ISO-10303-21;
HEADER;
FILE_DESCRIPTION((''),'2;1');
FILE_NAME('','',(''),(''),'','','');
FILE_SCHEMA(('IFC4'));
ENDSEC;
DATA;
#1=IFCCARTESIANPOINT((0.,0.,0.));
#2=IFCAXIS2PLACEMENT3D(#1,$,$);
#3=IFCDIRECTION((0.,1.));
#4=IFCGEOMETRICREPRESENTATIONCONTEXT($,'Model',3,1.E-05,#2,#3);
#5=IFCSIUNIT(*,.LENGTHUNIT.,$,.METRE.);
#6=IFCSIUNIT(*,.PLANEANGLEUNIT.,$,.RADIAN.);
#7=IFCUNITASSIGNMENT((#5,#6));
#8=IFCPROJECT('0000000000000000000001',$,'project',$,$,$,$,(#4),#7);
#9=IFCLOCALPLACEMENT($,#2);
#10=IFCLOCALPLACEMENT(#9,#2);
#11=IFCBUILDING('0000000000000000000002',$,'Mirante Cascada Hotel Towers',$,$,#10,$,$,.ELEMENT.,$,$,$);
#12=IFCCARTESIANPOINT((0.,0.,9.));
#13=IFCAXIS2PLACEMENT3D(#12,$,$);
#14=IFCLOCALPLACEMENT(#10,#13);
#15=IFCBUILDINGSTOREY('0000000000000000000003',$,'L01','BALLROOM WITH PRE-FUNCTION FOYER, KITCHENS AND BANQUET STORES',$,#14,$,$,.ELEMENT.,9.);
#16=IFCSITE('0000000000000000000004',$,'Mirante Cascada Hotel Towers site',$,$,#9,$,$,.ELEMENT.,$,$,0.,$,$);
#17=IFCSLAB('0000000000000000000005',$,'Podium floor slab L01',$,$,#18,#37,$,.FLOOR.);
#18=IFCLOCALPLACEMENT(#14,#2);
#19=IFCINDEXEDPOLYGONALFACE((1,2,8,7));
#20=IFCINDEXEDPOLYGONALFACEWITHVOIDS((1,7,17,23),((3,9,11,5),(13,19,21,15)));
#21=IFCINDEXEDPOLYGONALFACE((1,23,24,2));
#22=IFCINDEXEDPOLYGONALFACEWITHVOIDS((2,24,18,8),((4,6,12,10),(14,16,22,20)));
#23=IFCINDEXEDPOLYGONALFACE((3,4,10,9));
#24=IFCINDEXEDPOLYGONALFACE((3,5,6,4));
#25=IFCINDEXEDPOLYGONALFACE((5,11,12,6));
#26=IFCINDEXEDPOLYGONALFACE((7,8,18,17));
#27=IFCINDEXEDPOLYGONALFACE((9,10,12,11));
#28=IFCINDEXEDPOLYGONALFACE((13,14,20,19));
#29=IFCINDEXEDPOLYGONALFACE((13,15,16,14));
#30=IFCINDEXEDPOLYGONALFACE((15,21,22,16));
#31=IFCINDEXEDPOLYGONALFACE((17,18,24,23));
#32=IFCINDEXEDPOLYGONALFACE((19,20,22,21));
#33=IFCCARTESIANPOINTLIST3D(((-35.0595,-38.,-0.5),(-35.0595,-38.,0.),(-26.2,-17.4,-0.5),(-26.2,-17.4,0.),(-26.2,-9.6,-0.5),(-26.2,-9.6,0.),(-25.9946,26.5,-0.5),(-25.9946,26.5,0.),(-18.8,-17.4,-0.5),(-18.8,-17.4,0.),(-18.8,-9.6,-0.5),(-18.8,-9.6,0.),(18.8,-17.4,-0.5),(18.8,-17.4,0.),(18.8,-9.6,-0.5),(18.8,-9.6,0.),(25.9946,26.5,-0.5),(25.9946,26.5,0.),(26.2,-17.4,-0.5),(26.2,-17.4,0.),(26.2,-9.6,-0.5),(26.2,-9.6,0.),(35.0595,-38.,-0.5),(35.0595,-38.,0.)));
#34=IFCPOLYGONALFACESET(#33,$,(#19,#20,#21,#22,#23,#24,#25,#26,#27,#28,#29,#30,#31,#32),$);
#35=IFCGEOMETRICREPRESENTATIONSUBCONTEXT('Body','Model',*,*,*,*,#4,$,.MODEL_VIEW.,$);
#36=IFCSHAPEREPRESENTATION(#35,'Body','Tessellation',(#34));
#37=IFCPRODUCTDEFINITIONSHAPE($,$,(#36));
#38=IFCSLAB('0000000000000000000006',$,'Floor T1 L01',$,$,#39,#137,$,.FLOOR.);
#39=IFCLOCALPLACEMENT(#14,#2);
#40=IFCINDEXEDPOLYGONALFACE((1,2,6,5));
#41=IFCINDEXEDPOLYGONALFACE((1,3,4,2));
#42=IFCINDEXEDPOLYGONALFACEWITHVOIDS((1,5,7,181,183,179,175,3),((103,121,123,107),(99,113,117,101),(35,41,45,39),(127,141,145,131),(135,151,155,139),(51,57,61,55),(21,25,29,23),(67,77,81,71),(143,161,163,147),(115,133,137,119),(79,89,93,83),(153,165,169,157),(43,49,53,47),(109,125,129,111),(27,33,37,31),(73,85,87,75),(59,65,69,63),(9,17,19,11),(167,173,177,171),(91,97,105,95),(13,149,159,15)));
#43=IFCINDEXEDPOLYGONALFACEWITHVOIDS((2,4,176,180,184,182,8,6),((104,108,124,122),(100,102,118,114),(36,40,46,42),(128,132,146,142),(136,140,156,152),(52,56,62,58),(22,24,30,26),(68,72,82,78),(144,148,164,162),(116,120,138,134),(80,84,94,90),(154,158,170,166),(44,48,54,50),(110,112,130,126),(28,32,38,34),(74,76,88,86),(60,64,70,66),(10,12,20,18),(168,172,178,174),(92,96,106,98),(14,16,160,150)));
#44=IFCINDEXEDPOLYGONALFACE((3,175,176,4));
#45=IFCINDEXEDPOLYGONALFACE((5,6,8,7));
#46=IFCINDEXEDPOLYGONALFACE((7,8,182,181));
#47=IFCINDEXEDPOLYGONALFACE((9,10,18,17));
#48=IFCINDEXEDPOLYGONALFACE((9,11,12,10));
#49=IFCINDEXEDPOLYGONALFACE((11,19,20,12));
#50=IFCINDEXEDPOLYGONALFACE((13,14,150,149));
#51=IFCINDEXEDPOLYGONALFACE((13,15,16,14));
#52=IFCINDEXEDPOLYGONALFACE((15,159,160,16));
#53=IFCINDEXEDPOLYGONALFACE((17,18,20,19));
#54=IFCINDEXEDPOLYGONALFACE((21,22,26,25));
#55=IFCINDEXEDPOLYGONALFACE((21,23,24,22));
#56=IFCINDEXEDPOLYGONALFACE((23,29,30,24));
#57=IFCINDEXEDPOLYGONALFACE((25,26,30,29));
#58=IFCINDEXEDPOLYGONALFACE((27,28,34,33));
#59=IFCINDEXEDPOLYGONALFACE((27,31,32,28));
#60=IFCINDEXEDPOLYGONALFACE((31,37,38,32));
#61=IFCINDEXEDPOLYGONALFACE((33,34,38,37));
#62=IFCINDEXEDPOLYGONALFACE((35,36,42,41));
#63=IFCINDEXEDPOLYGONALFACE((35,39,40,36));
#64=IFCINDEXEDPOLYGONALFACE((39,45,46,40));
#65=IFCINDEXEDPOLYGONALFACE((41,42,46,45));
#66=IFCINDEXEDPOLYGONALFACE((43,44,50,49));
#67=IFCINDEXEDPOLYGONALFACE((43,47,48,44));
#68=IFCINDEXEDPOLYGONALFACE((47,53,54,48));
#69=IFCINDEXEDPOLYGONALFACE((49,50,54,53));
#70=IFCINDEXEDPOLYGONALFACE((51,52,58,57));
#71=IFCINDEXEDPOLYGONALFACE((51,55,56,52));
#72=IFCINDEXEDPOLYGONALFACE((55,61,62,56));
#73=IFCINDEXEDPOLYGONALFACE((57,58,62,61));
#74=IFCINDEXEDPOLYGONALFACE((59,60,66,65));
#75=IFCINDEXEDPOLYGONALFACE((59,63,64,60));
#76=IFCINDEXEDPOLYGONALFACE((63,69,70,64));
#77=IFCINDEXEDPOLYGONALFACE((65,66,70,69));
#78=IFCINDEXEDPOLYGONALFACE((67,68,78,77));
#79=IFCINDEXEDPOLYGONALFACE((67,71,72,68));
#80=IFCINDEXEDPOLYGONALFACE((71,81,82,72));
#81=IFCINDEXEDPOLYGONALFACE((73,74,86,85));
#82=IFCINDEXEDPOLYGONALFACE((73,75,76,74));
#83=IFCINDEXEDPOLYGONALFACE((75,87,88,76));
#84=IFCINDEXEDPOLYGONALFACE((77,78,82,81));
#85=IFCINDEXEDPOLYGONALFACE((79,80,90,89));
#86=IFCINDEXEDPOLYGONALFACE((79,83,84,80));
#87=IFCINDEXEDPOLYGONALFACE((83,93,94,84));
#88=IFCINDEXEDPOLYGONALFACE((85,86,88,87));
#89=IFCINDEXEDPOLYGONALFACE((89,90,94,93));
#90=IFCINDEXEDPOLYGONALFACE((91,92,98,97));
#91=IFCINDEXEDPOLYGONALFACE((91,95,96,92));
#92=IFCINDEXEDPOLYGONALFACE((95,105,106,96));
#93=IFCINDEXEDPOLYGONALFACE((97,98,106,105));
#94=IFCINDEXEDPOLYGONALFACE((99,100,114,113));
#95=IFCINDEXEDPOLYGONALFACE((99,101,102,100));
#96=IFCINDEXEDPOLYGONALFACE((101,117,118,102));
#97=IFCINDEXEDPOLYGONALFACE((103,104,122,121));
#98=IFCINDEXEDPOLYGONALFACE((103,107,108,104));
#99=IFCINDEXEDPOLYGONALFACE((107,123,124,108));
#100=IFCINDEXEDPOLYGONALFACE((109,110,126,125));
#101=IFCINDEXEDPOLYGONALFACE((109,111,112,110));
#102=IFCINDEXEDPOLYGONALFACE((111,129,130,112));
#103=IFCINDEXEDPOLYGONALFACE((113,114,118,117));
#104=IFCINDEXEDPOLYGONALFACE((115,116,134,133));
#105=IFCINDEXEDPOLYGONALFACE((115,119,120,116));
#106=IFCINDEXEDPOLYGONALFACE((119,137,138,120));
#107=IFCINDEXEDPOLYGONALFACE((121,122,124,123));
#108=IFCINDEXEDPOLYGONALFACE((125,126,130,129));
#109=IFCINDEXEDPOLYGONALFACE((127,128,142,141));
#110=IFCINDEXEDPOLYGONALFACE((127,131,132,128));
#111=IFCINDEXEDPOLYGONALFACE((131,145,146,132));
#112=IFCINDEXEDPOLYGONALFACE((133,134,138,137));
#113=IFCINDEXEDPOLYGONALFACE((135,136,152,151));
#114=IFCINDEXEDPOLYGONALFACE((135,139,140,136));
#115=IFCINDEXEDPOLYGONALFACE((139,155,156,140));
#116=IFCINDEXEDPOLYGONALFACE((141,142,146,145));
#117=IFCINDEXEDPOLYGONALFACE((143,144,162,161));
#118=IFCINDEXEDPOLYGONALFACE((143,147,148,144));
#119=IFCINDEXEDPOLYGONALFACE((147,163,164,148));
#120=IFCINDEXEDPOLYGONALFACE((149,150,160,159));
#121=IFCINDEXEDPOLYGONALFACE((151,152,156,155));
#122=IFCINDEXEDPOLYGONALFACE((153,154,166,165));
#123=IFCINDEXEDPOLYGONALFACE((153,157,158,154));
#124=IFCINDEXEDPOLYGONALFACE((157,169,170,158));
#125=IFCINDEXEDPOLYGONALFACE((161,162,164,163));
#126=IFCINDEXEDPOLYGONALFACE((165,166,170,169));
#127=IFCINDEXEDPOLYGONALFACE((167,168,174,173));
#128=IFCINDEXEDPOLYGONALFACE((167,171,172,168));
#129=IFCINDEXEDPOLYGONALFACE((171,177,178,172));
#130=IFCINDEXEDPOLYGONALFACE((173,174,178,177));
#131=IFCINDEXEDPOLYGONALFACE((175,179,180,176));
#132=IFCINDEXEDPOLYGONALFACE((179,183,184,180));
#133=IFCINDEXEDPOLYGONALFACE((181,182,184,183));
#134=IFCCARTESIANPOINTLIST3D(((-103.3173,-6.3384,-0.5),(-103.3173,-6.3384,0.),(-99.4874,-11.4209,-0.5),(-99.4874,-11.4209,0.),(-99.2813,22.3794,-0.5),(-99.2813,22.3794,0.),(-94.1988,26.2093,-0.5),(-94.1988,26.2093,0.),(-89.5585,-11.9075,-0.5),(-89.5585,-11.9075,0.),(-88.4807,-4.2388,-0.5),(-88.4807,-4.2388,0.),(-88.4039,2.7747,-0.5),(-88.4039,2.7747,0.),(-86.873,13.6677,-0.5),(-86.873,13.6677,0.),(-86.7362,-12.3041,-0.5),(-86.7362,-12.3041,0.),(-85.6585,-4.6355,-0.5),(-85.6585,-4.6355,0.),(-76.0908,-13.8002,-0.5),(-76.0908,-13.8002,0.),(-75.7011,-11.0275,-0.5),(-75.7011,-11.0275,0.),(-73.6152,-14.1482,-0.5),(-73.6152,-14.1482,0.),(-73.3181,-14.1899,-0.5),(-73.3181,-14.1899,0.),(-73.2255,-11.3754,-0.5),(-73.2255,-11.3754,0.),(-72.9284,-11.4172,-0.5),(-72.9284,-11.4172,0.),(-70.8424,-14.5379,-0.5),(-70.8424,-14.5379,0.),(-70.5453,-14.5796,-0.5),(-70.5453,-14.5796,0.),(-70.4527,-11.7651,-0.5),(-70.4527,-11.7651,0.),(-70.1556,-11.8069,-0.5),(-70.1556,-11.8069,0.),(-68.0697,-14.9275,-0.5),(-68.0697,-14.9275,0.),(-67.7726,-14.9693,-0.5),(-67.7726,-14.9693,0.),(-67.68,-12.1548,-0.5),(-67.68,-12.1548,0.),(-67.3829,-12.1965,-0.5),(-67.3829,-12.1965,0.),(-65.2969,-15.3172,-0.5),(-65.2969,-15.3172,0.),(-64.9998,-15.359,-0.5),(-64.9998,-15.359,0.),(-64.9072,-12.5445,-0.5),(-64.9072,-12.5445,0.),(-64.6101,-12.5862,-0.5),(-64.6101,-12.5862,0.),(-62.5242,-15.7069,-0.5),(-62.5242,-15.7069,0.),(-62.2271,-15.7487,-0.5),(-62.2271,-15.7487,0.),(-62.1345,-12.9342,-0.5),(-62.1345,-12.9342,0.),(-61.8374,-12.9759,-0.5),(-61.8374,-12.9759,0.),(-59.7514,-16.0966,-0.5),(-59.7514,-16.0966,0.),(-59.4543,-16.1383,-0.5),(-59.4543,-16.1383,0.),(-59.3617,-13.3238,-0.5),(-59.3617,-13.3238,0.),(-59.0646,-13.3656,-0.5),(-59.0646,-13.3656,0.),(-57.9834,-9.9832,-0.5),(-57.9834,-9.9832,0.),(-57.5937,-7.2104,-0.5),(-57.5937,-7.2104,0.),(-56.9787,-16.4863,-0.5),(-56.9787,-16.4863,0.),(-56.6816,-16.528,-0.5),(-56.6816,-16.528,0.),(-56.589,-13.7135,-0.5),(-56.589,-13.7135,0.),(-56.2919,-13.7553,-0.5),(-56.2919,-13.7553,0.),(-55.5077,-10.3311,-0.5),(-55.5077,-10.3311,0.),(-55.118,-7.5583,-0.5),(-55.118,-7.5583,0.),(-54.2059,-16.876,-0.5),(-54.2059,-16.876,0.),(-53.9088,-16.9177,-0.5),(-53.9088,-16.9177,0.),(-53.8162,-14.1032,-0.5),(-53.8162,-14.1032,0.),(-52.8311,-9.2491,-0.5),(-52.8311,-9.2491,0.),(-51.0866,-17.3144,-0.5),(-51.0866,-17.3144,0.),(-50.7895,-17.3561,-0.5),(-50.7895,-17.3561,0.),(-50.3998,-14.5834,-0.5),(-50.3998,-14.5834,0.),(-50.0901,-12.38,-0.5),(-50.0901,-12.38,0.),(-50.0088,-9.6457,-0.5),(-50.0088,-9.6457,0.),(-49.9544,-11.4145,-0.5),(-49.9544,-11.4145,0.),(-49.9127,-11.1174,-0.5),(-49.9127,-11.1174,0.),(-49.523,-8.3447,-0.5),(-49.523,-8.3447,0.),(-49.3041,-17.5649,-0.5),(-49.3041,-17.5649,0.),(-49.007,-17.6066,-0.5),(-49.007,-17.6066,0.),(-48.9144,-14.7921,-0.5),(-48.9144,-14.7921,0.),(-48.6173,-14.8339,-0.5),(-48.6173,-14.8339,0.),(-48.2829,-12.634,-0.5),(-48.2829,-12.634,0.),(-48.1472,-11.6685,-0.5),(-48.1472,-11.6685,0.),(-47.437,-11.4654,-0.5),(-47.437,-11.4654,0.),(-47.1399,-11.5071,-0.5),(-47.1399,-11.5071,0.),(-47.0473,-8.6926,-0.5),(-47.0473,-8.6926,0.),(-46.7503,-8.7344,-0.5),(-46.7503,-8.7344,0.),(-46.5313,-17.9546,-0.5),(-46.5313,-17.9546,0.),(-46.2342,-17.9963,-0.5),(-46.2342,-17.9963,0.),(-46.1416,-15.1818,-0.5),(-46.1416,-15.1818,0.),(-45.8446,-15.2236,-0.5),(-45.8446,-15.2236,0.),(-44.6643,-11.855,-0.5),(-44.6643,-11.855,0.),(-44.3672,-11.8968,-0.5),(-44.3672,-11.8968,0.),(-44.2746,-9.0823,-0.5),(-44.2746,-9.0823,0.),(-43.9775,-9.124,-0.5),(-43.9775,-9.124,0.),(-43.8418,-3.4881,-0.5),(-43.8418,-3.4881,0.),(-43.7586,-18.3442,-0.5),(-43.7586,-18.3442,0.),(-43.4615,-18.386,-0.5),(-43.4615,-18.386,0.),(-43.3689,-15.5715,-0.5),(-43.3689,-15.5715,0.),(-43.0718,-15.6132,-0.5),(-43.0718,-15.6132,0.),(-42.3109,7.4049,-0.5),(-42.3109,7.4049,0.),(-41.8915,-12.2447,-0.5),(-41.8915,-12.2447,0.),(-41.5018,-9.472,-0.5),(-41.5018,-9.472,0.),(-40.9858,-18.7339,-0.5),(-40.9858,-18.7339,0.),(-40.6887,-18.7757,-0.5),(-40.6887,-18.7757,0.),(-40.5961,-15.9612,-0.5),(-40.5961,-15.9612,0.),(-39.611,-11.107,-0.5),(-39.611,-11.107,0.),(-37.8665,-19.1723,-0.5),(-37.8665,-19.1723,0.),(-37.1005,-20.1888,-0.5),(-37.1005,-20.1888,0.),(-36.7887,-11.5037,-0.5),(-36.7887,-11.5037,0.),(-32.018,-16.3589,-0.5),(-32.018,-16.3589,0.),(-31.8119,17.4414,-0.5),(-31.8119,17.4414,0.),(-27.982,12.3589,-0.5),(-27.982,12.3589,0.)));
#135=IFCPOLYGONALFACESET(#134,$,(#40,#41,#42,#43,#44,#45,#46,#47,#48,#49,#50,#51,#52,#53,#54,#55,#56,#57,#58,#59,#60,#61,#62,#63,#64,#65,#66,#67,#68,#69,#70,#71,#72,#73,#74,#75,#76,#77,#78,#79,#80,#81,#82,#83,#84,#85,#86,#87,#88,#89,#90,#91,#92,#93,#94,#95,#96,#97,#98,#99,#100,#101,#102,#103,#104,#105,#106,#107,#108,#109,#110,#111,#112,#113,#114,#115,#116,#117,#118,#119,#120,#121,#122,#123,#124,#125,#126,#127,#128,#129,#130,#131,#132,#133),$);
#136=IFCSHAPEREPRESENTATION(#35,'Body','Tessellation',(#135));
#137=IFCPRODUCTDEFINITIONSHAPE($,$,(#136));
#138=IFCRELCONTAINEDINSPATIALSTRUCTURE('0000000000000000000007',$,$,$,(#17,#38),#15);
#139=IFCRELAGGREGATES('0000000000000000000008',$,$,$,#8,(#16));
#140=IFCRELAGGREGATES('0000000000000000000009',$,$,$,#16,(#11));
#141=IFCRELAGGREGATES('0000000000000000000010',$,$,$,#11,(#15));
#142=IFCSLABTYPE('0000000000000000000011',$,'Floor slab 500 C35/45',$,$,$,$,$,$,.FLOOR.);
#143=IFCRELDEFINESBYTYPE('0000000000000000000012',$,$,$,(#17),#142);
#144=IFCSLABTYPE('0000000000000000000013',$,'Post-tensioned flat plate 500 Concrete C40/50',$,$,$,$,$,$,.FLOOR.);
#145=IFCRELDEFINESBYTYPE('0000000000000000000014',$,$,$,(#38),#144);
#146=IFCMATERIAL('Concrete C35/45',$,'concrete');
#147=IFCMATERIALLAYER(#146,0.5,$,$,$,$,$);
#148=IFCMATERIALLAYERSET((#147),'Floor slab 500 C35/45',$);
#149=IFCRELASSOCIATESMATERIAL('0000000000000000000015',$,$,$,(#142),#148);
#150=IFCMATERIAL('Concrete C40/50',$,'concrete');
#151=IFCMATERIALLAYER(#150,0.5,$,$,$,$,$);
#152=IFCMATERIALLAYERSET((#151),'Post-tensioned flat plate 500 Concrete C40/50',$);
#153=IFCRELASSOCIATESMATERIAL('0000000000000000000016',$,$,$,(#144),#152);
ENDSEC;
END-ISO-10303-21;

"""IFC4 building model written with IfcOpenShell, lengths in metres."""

from ifc_helpers import new_model, si_unit, direction, frame, origin, place, context, subcontext, project, spatial, polyline, outline, extrude, material, layer, layer_set, type_object, element, save


model = new_model("IFC4")

# Units and contexts
model_context = context("Model", 3, precision=1e-05, world=origin(), true_north=direction((0.0, 1.0)))
body_context = subcontext(model_context, "Body", "Model", "MODEL_VIEW")
ifc_project = project(units=[si_unit("LENGTHUNIT", "METRE"), si_unit("PLANEANGLEUNIT", "RADIAN")], contexts=[model_context])

# Site, building, storey
site_placement = place(None, origin())
site = spatial("IfcSite", under=ifc_project, at=site_placement, Name="Mirante Cascada Hotel Towers site", CompositionType="ELEMENT", RefElevation=0.0)
building_placement = place(site_placement, origin())
building = spatial("IfcBuilding", under=site, at=building_placement, Name="Mirante Cascada Hotel Towers", CompositionType="ELEMENT")
storey_placement = place(building_placement, frame((0.0, 0.0, 9.0)))
storey = spatial("IfcBuildingStorey", under=building, at=storey_placement, Name="L01", Description="BALLROOM WITH PRE-FUNCTION FOYER, KITCHENS AND BANQUET STORES", CompositionType="ELEMENT", Elevation=9.0)

# Slabs
ifc_material_1 = material(Name="Concrete C35/45", Category="concrete")
ifc_layer_1 = layer(ifc_material_1, 0.5)
ifc_layer_set_1 = layer_set([ifc_layer_1], Name="Floor slab 500 C35/45")
slab_type_1 = type_object("IfcSlabType", Name="Floor slab 500 C35/45", PredefinedType="FLOOR", material=ifc_layer_set_1)
slab_1_placement = place(storey_placement, frame((0.0, 0.0, -0.5)))
element("IfcSlab", 1, at=slab_1_placement, inside=storey, type_object=slab_type_1, Name="Podium floor slab L01", PredefinedType="FLOOR", context=body_context, shape_type="SweptSolid", body=[
    extrude(outline(polyline([(-25.9946, 26.5), (25.9946, 26.5), (35.0595, -38.0), (-35.0595, -38.0), (-25.9946, 26.5)]), holes=[polyline([(26.2, -17.4), (26.2, -9.6), (18.8, -9.6), (18.8, -17.4), (26.2, -17.4)]), polyline([(-18.8, -17.4), (-18.8, -9.6), (-26.2, -9.6), (-26.2, -17.4), (-18.8, -17.4)])]), origin(), (0.0, 0.0, 1.0), 0.5),
])
ifc_material_2 = material(Name="Concrete C40/50", Category="concrete")
ifc_layer_2 = layer(ifc_material_2, 0.5)
ifc_layer_set_2 = layer_set([ifc_layer_2], Name="Post-tensioned flat plate 500 Concrete C40/50")
slab_type_2 = type_object("IfcSlabType", Name="Post-tensioned flat plate 500 Concrete C40/50", PredefinedType="FLOOR", material=ifc_layer_set_2)
slab_2_placement = place(storey_placement, frame((0.0, 0.0, -0.5)))
element("IfcSlab", 2, at=slab_2_placement, inside=storey, type_object=slab_type_2, Name="Floor T1 L01", PredefinedType="FLOOR", context=body_context, shape_type="SweptSolid", body=[
    extrude(outline(polyline([(-32.018, -16.3589), (-27.982, 12.3589), (-31.8119, 17.4414), (-94.1988, 26.2093), (-99.2813, 22.3794), (-103.3173, -6.3384), (-99.4874, -11.4209), (-37.1005, -20.1888), (-32.018, -16.3589)]), holes=[polyline([(-43.0718, -15.6132), (-40.5961, -15.9612), (-40.9858, -18.7339), (-43.4615, -18.386), (-43.0718, -15.6132)]), polyline([(-45.8446, -15.2236), (-43.3689, -15.5715), (-43.7586, -18.3442), (-46.2342, -17.9963), (-45.8446, -15.2236)]), polyline([(-48.6173, -14.8339), (-46.1416, -15.1818), (-46.5313, -17.9546), (-49.007, -17.6066), (-48.6173, -14.8339)]), polyline([(-50.7895, -17.3561), (-50.3998, -14.5834), (-48.9144, -14.7921), (-49.3041, -17.5649), (-50.7895, -17.3561)]), polyline([(-56.6816, -16.528), (-56.2919, -13.7553), (-53.8162, -14.1032), (-54.2059, -16.876), (-56.6816, -16.528)]), polyline([(-36.7887, -11.5037), (-37.8665, -19.1723), (-40.6887, -18.7757), (-39.611, -11.107), (-36.7887, -11.5037)]), polyline([(-50.0088, -9.6457), (-51.0866, -17.3144), (-53.9088, -16.9177), (-52.8311, -9.2491), (-50.0088, -9.6457)]), polyline([(-49.9544, -11.4145), (-48.1472, -11.6685), (-48.2829, -12.634), (-50.0901, -12.38), (-49.9544, -11.4145)]), polyline([(-44.3672, -11.8968), (-43.9775, -9.124), (-41.5018, -9.472), (-41.8915, -12.2447), (-44.3672, -11.8968)]), polyline([(-47.1399, -11.5071), (-46.7503, -8.7344), (-44.2746, -9.0823), (-44.6643, -11.855), (-47.1399, -11.5071)]), polyline([(-49.523, -8.3447), (-47.0473, -8.6926), (-47.437, -11.4654), (-49.9127, -11.1174), (-49.523, -8.3447)]), polyline([(-59.0646, -13.3656), (-56.589, -13.7135), (-56.9787, -16.4863), (-59.4543, -16.1383), (-59.0646, -13.3656)]), polyline([(-61.8374, -12.9759), (-59.3617, -13.3238), (-59.7514, -16.0966), (-62.2271, -15.7487), (-61.8374, -12.9759)]), polyline([(-64.9998, -15.359), (-64.6101, -12.5862), (-62.1345, -12.9342), (-62.5242, -15.7069), (-64.9998, -15.359)]), polyline([(-67.7726, -14.9693), (-67.3829, -12.1965), (-64.9072, -12.5445), (-65.2969, -15.3172), (-67.7726, -14.9693)]), polyline([(-70.1556, -11.8069), (-67.68, -12.1548), (-68.0697, -14.9275), (-70.5453, -14.5796), (-70.1556, -11.8069)]), polyline([(-73.3181, -14.1899), (-72.9284, -11.4172), (-70.4527, -11.7651), (-70.8424, -14.5379), (-73.3181, -14.1899)]), polyline([(-76.0908, -13.8002), (-75.7011, -11.0275), (-73.2255, -11.3754), (-73.6152, -14.1482), (-76.0908, -13.8002)]), polyline([(-85.6585, -4.6355), (-86.7362, -12.3041), (-89.5585, -11.9075), (-88.4807, -4.2388), (-85.6585, -4.6355)]), polyline([(-57.9834, -9.9832), (-57.5937, -7.2104), (-55.118, -7.5583), (-55.5077, -10.3311), (-57.9834, -9.9832)]), polyline([(-88.4039, 2.7747), (-86.873, 13.6677), (-42.3109, 7.4049), (-43.8418, -3.4881), (-88.4039, 2.7747)])]), origin(), (0.0, 0.0, 1.0), 0.5),
])

save(model, "model.ifc")
